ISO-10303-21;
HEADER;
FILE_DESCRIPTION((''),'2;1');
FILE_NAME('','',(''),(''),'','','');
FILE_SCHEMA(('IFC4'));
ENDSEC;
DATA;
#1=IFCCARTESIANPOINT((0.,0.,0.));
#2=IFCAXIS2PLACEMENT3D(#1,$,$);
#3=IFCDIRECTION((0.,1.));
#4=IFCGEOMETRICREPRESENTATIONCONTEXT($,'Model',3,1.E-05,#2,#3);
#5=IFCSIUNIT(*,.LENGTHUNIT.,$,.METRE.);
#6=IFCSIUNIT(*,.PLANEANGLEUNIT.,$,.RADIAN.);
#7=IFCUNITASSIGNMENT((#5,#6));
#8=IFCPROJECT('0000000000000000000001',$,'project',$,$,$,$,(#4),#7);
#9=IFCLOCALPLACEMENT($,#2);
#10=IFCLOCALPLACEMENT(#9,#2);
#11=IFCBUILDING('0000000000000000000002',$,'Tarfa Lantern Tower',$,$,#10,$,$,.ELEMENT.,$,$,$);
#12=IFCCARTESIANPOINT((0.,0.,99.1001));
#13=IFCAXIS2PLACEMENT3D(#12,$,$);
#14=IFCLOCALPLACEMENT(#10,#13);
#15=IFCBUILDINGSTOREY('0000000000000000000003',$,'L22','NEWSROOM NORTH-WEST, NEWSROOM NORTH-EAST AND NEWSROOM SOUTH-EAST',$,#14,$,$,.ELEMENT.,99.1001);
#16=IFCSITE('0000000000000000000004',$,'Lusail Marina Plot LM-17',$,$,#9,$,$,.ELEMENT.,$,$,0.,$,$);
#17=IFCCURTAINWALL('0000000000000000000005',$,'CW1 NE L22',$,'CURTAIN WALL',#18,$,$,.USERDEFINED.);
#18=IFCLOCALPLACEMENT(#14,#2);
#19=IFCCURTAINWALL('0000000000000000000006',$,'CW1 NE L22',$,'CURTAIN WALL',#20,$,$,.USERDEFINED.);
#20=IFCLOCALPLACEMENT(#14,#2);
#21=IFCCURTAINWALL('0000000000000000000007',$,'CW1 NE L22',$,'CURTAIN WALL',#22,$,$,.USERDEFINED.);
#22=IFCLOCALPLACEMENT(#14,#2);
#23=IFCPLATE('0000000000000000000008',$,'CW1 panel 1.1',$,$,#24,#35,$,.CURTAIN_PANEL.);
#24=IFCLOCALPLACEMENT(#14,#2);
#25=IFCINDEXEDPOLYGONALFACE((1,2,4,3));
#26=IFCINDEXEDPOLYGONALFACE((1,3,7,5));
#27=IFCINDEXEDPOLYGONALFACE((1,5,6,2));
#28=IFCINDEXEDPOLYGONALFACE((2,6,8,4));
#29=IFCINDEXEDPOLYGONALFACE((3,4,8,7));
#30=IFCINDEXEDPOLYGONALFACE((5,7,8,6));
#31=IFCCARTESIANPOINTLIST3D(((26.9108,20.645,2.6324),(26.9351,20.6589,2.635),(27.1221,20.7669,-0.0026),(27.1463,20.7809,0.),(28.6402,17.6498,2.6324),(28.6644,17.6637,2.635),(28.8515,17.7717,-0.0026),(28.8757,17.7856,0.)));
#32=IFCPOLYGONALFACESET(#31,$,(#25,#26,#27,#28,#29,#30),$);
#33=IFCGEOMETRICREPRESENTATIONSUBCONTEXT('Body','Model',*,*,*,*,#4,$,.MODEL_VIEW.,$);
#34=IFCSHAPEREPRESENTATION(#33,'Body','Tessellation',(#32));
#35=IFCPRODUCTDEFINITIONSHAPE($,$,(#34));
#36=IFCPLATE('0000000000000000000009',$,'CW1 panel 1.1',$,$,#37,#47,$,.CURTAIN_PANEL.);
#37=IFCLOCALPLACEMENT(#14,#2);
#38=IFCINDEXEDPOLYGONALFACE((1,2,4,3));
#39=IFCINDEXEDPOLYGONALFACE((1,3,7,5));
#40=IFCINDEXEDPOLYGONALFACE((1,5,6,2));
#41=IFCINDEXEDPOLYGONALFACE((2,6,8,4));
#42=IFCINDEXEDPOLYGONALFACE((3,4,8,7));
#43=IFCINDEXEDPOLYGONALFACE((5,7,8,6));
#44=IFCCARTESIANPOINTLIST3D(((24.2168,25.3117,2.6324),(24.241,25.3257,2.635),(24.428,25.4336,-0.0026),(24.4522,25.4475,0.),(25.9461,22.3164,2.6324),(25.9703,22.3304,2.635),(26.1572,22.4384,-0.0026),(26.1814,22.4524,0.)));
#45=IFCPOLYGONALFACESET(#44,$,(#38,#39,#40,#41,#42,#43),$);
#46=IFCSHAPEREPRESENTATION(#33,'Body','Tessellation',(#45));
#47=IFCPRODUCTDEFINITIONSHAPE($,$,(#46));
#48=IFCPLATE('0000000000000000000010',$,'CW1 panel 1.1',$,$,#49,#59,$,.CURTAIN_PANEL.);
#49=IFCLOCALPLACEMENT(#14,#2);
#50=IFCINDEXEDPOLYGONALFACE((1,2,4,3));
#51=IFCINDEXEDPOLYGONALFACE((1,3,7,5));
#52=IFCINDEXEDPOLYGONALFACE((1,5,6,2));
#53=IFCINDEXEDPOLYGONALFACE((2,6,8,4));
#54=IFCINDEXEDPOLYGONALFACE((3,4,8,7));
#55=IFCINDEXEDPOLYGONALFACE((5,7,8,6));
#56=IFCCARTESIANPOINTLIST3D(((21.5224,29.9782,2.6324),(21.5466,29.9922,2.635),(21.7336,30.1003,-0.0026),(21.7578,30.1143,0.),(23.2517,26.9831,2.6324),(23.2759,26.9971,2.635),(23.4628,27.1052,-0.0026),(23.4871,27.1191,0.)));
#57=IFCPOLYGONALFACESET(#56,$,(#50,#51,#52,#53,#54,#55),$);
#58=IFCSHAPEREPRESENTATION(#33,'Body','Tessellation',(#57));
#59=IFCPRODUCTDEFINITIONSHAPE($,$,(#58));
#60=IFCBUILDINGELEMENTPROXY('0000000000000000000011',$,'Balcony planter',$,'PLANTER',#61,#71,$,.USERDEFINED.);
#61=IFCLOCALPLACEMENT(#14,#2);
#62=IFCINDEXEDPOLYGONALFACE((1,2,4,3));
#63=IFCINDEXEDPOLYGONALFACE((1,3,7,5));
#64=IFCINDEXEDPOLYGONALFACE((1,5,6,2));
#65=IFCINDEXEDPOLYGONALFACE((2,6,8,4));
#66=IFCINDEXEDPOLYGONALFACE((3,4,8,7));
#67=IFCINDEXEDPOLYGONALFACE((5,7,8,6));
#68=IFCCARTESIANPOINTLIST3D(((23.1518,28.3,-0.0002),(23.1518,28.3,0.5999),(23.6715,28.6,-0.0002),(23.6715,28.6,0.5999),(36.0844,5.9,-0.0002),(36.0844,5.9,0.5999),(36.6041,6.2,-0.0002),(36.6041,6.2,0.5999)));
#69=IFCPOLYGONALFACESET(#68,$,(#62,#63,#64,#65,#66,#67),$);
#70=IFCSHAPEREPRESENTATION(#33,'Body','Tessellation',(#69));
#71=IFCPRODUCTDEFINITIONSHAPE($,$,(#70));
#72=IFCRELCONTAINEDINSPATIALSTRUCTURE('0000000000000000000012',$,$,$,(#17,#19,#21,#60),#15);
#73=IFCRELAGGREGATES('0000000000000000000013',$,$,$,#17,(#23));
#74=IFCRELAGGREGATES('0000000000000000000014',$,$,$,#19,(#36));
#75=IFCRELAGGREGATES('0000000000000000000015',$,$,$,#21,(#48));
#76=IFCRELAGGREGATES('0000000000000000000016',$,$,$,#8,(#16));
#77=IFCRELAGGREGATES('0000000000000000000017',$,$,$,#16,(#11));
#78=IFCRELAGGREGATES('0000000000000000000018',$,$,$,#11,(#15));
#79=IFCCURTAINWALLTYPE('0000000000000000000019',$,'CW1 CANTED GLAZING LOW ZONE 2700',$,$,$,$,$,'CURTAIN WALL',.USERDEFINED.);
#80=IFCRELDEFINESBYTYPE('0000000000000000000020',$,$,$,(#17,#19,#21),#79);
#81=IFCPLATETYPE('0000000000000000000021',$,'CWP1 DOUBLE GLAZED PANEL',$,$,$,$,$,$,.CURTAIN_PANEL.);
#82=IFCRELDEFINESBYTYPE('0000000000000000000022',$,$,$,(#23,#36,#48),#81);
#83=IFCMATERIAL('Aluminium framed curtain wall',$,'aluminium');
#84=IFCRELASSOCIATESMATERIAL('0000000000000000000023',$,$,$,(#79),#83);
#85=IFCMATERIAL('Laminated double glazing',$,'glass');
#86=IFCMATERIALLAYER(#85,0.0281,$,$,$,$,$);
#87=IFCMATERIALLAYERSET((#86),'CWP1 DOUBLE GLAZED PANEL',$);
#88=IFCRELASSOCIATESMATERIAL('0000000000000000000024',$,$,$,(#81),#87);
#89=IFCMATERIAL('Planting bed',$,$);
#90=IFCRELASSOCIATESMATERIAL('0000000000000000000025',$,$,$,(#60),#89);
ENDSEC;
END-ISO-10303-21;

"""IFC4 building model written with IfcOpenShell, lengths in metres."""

from ifc_helpers import new_model, si_unit, direction, frame, origin, origin_2d, place, context, subcontext, project, spatial, polyline, rectangle, outline, extrude, material, layer, layer_set, type_object, element, aggregate, save


model = new_model("IFC4")

# Units and contexts
model_context = context("Model", 3, precision=1e-05, world=origin(), true_north=direction((0.0, 1.0)))
body_context = subcontext(model_context, "Body", "Model", "MODEL_VIEW")
ifc_project = project(units=[si_unit("LENGTHUNIT", "METRE"), si_unit("PLANEANGLEUNIT", "RADIAN")], contexts=[model_context])

# Site, building, storey
site_placement = place(None, origin())
site = spatial("IfcSite", under=ifc_project, at=site_placement, Name="Lusail Marina Plot LM-17", CompositionType="ELEMENT", RefElevation=0.0)
building_placement = place(site_placement, origin())
building = spatial("IfcBuilding", under=site, at=building_placement, Name="Tarfa Lantern Tower", CompositionType="ELEMENT")
storey_placement = place(building_placement, frame((0.0, 0.0, 99.1001)))
storey = spatial("IfcBuildingStorey", under=building, at=storey_placement, Name="L22", Description="NEWSROOM NORTH-WEST, NEWSROOM NORTH-EAST AND NEWSROOM SOUTH-EAST", CompositionType="ELEMENT", Elevation=99.1001)

# Shared definitions
ifc_material_1 = material(Name="Aluminium framed curtain wall", Category="aluminium")
curtain_wall_type = type_object("IfcCurtainWallType", Name="CW1 CANTED GLAZING LOW ZONE 2700", ElementType="CURTAIN WALL", PredefinedType="USERDEFINED", material=ifc_material_1)

# Curtain walls
curtain_wall_1_placement = place(storey_placement, origin())
curtain_wall_1 = element("IfcCurtainWall", 1, at=curtain_wall_1_placement, inside=storey, type_object=curtain_wall_type, Name="CW1 NE L22", ObjectType="CURTAIN WALL", PredefinedType="USERDEFINED")
curtain_wall_2_placement = place(storey_placement, origin())
curtain_wall_2 = element("IfcCurtainWall", 2, at=curtain_wall_2_placement, inside=storey, type_object=curtain_wall_type, Name="CW1 NE L22", ObjectType="CURTAIN WALL", PredefinedType="USERDEFINED")

# Curtain wall
curtain_wall_3_placement = place(storey_placement, origin())
curtain_wall_3 = element("IfcCurtainWall", 3, at=curtain_wall_3_placement, inside=storey, type_object=curtain_wall_type, Name="CW1 NE L22", ObjectType="CURTAIN WALL", PredefinedType="USERDEFINED")

# Plates
ifc_material_2 = material(Name="Laminated double glazing", Category="glass")
ifc_layer = layer(ifc_material_2, 0.0281)
ifc_layer_set = layer_set([ifc_layer], Name="CWP1 DOUBLE GLAZED PANEL")
plate_type = type_object("IfcPlateType", Name="CWP1 DOUBLE GLAZED PANEL", PredefinedType="CURTAIN_PANEL", material=ifc_layer_set)
plate_1_placement = place(storey_placement, frame((28.8757, 17.7856, 0.0), z_axis=(0.862329, 0.497885, 0.092193), x_axis=(-0.500014, 0.866017, -0.000004)))
plate_1 = element("IfcPlate", 4, at=plate_1_placement, type_object=plate_type, Name="CW1 panel 1.1", PredefinedType="CURTAIN_PANEL", context=body_context, shape_type="SweptSolid", body=[
    extrude(outline(polyline([(0.0, 0.0), (3.4587, 0.0), (3.4587, 2.6463), (0.0001, 2.6463), (0.0, 0.0)])), origin(), (0.0, 0.0, -1.0), 0.0281),
])
aggregate(curtain_wall_1, [plate_1])
plate_2_placement = place(storey_placement, frame((26.1814, 22.4524, 0.0), z_axis=(0.862347, 0.497861, 0.092153), x_axis=(-0.499988, 0.866032, 0.000002)))
plate_2 = element("IfcPlate", 5, at=plate_2_placement, type_object=plate_type, Name="CW1 panel 1.1", PredefinedType="CURTAIN_PANEL", context=body_context, shape_type="SweptSolid", body=[
    extrude(outline(polyline([(0.0, 0.0), (3.4585, 0.0), (3.4586, 2.6463), (-0.0001, 2.6463), (0.0, 0.0)])), origin(), (0.0, 0.0, -1.0), 0.0281),
])
aggregate(curtain_wall_2, [plate_2])
plate_3_placement = place(storey_placement, frame((23.4871, 27.1191, 0.0), z_axis=(0.862336, 0.497875, 0.092176), x_axis=(-0.500004, 0.866023, 0.0)))
plate_3 = element("IfcPlate", 6, at=plate_3_placement, type_object=plate_type, Name="CW1 panel 1.1", PredefinedType="CURTAIN_PANEL", context=body_context, shape_type="SweptSolid", body=[
    extrude(outline(polyline([(0.0, 0.0), (3.4585, 0.0), (3.4583, 2.6463), (-0.0001, 2.6463), (0.0, 0.0)])), origin(), (0.0, 0.0, -1.0), 0.0281),
])
aggregate(curtain_wall_3, [plate_3])

# Building element proxy
ifc_material_3 = material(Name="Planting bed")
proxy_placement = place(storey_placement, frame((29.8779, 17.25, -0.0002), z_axis=(0.0, 0.0, 1.0), x_axis=(-0.5, 0.866025, 0.0)))
element("IfcBuildingElementProxy", 7, at=proxy_placement, inside=storey, material=ifc_material_3, Name="Balcony planter", ObjectType="PLANTER", PredefinedType="USERDEFINED", context=body_context, shape_type="SweptSolid", body=[
    extrude(rectangle(XDim=25.8652, YDim=0.6001, at=origin_2d()), origin(), (0.0, 0.0, 1.0), 0.6001),
])

save(model, "model.ifc")
